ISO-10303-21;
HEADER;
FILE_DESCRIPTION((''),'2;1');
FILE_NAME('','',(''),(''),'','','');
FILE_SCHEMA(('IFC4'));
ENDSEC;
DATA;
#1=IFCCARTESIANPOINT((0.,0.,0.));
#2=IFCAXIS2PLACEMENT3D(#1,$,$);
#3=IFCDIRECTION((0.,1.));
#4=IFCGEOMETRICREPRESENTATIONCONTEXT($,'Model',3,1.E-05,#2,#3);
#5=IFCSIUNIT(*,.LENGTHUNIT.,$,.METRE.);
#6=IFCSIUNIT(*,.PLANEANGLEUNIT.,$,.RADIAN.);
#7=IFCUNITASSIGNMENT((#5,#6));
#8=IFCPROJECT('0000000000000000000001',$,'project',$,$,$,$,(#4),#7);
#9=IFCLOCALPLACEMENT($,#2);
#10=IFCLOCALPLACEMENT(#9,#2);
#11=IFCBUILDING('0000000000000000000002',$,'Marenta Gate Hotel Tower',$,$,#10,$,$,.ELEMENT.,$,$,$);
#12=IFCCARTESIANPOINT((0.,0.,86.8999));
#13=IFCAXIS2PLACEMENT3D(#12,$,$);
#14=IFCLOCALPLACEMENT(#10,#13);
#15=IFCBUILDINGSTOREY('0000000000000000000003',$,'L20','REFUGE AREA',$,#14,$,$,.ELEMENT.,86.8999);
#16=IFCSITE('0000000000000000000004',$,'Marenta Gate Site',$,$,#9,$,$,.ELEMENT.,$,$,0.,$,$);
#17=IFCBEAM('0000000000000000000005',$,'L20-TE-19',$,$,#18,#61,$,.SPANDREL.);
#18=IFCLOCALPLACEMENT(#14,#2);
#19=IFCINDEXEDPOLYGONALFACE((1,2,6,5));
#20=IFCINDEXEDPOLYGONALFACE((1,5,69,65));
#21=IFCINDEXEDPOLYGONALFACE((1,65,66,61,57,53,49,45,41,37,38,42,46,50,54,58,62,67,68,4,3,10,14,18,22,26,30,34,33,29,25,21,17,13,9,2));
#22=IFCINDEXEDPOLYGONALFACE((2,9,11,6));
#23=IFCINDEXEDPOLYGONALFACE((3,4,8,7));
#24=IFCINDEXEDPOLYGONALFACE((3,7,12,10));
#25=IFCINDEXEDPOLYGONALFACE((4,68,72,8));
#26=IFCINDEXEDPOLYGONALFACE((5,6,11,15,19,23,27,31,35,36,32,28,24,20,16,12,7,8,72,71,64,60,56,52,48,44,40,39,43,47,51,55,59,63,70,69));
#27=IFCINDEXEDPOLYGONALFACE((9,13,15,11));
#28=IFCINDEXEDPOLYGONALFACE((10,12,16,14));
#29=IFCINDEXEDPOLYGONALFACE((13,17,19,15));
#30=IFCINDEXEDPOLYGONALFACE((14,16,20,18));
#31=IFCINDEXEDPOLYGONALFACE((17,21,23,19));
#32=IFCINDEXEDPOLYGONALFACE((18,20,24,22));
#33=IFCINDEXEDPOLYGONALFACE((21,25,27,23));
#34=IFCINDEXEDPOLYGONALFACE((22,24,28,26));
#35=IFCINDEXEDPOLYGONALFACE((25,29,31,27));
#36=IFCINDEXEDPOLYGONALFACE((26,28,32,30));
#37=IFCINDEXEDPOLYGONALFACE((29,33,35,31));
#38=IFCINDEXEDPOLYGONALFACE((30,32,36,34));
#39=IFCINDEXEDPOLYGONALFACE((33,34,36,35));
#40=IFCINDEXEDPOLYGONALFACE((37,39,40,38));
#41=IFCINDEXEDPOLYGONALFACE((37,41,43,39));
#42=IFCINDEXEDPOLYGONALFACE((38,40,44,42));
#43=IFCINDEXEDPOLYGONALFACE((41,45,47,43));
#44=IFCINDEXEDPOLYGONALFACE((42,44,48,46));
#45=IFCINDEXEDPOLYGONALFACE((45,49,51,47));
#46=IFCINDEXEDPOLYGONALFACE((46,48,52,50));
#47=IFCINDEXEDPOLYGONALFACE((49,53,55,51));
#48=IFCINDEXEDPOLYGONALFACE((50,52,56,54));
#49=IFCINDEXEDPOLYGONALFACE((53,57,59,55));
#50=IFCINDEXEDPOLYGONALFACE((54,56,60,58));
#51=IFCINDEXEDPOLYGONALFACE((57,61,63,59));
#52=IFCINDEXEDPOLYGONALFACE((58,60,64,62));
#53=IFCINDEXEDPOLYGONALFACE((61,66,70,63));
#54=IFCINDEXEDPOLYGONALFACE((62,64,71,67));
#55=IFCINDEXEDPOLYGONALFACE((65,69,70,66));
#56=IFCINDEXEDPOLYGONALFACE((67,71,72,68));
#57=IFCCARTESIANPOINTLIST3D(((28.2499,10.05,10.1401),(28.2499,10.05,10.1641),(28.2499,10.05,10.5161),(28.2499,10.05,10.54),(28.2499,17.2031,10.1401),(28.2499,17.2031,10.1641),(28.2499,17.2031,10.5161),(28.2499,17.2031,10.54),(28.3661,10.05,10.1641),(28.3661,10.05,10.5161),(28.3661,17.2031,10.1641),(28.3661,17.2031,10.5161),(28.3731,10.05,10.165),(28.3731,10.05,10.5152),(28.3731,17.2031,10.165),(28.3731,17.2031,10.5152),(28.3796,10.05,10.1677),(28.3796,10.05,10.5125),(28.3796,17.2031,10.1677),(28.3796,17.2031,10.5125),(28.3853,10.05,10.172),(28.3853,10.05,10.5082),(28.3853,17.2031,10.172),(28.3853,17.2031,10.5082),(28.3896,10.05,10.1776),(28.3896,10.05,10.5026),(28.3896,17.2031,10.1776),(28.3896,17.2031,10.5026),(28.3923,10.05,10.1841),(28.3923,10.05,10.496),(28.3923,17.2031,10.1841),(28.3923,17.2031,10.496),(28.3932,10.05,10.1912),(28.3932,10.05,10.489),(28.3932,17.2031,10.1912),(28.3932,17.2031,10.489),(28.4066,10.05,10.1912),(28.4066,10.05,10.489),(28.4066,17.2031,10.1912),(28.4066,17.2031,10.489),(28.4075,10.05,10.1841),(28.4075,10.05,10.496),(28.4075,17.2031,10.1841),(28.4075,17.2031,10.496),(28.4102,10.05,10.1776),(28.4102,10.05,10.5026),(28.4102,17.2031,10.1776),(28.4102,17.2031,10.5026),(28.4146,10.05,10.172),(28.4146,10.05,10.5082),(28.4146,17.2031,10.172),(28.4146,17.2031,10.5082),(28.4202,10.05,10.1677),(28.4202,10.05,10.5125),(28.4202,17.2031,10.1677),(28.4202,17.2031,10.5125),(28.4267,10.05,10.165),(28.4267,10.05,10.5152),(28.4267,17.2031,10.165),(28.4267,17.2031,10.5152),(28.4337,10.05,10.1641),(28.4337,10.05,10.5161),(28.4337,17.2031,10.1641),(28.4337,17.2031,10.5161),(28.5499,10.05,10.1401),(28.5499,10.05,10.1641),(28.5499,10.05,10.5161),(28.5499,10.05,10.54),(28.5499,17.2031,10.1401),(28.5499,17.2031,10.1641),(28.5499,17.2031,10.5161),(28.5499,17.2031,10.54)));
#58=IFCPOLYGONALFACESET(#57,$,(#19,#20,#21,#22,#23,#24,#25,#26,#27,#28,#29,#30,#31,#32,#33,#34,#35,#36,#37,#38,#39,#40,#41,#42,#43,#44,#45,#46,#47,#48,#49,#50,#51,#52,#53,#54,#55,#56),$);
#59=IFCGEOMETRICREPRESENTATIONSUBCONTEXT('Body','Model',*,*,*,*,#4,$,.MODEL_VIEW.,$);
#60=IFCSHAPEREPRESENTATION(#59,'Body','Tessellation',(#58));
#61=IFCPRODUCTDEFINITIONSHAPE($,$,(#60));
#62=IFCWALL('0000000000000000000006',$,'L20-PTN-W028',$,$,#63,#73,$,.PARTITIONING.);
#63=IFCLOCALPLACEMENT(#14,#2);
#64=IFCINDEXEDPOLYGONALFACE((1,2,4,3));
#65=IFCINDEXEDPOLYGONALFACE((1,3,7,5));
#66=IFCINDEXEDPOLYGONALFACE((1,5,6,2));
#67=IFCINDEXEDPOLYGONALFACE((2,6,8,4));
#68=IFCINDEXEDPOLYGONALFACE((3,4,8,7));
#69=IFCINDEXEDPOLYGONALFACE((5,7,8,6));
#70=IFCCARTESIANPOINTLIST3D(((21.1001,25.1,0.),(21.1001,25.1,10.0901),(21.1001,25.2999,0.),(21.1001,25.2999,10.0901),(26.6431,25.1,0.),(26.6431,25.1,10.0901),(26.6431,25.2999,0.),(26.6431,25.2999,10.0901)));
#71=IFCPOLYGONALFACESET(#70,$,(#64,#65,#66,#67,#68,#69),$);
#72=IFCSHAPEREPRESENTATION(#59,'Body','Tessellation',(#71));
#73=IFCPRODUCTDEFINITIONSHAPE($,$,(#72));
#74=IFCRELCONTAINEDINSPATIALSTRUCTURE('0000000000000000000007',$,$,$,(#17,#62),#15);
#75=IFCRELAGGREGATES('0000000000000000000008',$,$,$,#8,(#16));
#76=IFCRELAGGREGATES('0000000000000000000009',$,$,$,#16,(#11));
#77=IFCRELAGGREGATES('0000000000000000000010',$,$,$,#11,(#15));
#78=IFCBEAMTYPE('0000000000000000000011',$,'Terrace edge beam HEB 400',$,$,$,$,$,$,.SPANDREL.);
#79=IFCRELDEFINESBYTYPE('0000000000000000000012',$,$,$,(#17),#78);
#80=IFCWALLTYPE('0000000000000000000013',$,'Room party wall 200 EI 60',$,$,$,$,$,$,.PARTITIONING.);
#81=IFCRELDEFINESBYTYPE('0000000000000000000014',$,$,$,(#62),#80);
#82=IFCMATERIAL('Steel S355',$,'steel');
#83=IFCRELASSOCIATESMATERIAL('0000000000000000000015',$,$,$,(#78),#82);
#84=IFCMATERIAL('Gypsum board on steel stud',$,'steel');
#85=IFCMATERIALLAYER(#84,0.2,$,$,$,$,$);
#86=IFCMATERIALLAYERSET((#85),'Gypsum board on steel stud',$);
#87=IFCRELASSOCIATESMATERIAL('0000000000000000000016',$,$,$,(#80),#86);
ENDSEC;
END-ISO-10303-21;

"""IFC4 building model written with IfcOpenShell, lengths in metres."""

from ifc_helpers import new_model, si_unit, direction, frame, frame_2d, origin, origin_2d, place, context, subcontext, project, spatial, rectangle, i_section, extrude, material, layer, layer_set, material_profile, profile_set, type_object, element, save


model = new_model("IFC4")

# Units and contexts
model_context = context("Model", 3, precision=1e-05, world=origin(), true_north=direction((0.0, 1.0)))
body_context = subcontext(model_context, "Body", "Model", "MODEL_VIEW")
ifc_project = project(units=[si_unit("LENGTHUNIT", "METRE"), si_unit("PLANEANGLEUNIT", "RADIAN")], contexts=[model_context])

# Site, building, storey
site_placement = place(None, origin())
site = spatial("IfcSite", under=ifc_project, at=site_placement, Name="Marenta Gate Site", CompositionType="ELEMENT", RefElevation=0.0)
building_placement = place(site_placement, origin())
building = spatial("IfcBuilding", under=site, at=building_placement, Name="Marenta Gate Hotel Tower", CompositionType="ELEMENT")
storey_placement = place(building_placement, frame((0.0, 0.0, 86.8999)))
storey = spatial("IfcBuildingStorey", under=building, at=storey_placement, Name="L20", Description="REFUGE AREA", CompositionType="ELEMENT", Elevation=86.8999)

# Beam
ifc_material_1 = material(Name="Steel S355", Category="steel")
ifc_material_profile_1 = material_profile(ifc_material_1, i_section(OverallWidth=0.3, OverallDepth=0.3999, WebThickness=0.0134, FlangeThickness=0.0239, FilletRadius=0.0271, at=origin_2d()), Name="HEB 400")
ifc_profile_set_1 = profile_set([ifc_material_profile_1], Name="Steel S355")
beam_type_1 = type_object("IfcBeamType", Name="Terrace edge beam HEB 400", PredefinedType="SPANDREL", material=ifc_profile_set_1)
beam_1_placement = place(storey_placement, frame((28.3999, 17.2031, 10.3401), z_axis=(0.0, -1.0, 0.0), x_axis=(1.0, 0.0, 0.0)))
element("IfcBeam", 1, at=beam_1_placement, inside=storey, type_object=beam_type_1, Name="L20-TE-19", PredefinedType="SPANDREL", context=body_context, shape_type="SweptSolid", body=[
    extrude(i_section(OverallWidth=0.3, OverallDepth=0.3999, WebThickness=0.0134, FlangeThickness=0.0239, FilletRadius=0.0271, at=origin_2d()), origin(), (0.0, 0.0, 1.0), 7.1531),
])

# Wall
ifc_material_2 = material(Name="Gypsum board on steel stud", Category="steel")
ifc_layer = layer(ifc_material_2, 0.2)
ifc_layer_set = layer_set([ifc_layer], Name="Gypsum board on steel stud")
wall_type = type_object("IfcWallType", Name="Room party wall 200 EI 60", PredefinedType="PARTITIONING", material=ifc_layer_set)
wall_placement = place(storey_placement, frame((21.1001, 25.2, 0.0), z_axis=(0.0, 0.0, 1.0), x_axis=(1.0, 0.0, 0.0)))
element("IfcWall", 2, at=wall_placement, inside=storey, type_object=wall_type, Name="L20-PTN-W028", PredefinedType="PARTITIONING", context=body_context, shape_type="SweptSolid", body=[
    extrude(rectangle(XDim=5.543, YDim=0.2, at=frame_2d((2.7715, 0.0))), origin(), (0.0, 0.0, 1.0), 10.0901),
])

save(model, "model.ifc")
